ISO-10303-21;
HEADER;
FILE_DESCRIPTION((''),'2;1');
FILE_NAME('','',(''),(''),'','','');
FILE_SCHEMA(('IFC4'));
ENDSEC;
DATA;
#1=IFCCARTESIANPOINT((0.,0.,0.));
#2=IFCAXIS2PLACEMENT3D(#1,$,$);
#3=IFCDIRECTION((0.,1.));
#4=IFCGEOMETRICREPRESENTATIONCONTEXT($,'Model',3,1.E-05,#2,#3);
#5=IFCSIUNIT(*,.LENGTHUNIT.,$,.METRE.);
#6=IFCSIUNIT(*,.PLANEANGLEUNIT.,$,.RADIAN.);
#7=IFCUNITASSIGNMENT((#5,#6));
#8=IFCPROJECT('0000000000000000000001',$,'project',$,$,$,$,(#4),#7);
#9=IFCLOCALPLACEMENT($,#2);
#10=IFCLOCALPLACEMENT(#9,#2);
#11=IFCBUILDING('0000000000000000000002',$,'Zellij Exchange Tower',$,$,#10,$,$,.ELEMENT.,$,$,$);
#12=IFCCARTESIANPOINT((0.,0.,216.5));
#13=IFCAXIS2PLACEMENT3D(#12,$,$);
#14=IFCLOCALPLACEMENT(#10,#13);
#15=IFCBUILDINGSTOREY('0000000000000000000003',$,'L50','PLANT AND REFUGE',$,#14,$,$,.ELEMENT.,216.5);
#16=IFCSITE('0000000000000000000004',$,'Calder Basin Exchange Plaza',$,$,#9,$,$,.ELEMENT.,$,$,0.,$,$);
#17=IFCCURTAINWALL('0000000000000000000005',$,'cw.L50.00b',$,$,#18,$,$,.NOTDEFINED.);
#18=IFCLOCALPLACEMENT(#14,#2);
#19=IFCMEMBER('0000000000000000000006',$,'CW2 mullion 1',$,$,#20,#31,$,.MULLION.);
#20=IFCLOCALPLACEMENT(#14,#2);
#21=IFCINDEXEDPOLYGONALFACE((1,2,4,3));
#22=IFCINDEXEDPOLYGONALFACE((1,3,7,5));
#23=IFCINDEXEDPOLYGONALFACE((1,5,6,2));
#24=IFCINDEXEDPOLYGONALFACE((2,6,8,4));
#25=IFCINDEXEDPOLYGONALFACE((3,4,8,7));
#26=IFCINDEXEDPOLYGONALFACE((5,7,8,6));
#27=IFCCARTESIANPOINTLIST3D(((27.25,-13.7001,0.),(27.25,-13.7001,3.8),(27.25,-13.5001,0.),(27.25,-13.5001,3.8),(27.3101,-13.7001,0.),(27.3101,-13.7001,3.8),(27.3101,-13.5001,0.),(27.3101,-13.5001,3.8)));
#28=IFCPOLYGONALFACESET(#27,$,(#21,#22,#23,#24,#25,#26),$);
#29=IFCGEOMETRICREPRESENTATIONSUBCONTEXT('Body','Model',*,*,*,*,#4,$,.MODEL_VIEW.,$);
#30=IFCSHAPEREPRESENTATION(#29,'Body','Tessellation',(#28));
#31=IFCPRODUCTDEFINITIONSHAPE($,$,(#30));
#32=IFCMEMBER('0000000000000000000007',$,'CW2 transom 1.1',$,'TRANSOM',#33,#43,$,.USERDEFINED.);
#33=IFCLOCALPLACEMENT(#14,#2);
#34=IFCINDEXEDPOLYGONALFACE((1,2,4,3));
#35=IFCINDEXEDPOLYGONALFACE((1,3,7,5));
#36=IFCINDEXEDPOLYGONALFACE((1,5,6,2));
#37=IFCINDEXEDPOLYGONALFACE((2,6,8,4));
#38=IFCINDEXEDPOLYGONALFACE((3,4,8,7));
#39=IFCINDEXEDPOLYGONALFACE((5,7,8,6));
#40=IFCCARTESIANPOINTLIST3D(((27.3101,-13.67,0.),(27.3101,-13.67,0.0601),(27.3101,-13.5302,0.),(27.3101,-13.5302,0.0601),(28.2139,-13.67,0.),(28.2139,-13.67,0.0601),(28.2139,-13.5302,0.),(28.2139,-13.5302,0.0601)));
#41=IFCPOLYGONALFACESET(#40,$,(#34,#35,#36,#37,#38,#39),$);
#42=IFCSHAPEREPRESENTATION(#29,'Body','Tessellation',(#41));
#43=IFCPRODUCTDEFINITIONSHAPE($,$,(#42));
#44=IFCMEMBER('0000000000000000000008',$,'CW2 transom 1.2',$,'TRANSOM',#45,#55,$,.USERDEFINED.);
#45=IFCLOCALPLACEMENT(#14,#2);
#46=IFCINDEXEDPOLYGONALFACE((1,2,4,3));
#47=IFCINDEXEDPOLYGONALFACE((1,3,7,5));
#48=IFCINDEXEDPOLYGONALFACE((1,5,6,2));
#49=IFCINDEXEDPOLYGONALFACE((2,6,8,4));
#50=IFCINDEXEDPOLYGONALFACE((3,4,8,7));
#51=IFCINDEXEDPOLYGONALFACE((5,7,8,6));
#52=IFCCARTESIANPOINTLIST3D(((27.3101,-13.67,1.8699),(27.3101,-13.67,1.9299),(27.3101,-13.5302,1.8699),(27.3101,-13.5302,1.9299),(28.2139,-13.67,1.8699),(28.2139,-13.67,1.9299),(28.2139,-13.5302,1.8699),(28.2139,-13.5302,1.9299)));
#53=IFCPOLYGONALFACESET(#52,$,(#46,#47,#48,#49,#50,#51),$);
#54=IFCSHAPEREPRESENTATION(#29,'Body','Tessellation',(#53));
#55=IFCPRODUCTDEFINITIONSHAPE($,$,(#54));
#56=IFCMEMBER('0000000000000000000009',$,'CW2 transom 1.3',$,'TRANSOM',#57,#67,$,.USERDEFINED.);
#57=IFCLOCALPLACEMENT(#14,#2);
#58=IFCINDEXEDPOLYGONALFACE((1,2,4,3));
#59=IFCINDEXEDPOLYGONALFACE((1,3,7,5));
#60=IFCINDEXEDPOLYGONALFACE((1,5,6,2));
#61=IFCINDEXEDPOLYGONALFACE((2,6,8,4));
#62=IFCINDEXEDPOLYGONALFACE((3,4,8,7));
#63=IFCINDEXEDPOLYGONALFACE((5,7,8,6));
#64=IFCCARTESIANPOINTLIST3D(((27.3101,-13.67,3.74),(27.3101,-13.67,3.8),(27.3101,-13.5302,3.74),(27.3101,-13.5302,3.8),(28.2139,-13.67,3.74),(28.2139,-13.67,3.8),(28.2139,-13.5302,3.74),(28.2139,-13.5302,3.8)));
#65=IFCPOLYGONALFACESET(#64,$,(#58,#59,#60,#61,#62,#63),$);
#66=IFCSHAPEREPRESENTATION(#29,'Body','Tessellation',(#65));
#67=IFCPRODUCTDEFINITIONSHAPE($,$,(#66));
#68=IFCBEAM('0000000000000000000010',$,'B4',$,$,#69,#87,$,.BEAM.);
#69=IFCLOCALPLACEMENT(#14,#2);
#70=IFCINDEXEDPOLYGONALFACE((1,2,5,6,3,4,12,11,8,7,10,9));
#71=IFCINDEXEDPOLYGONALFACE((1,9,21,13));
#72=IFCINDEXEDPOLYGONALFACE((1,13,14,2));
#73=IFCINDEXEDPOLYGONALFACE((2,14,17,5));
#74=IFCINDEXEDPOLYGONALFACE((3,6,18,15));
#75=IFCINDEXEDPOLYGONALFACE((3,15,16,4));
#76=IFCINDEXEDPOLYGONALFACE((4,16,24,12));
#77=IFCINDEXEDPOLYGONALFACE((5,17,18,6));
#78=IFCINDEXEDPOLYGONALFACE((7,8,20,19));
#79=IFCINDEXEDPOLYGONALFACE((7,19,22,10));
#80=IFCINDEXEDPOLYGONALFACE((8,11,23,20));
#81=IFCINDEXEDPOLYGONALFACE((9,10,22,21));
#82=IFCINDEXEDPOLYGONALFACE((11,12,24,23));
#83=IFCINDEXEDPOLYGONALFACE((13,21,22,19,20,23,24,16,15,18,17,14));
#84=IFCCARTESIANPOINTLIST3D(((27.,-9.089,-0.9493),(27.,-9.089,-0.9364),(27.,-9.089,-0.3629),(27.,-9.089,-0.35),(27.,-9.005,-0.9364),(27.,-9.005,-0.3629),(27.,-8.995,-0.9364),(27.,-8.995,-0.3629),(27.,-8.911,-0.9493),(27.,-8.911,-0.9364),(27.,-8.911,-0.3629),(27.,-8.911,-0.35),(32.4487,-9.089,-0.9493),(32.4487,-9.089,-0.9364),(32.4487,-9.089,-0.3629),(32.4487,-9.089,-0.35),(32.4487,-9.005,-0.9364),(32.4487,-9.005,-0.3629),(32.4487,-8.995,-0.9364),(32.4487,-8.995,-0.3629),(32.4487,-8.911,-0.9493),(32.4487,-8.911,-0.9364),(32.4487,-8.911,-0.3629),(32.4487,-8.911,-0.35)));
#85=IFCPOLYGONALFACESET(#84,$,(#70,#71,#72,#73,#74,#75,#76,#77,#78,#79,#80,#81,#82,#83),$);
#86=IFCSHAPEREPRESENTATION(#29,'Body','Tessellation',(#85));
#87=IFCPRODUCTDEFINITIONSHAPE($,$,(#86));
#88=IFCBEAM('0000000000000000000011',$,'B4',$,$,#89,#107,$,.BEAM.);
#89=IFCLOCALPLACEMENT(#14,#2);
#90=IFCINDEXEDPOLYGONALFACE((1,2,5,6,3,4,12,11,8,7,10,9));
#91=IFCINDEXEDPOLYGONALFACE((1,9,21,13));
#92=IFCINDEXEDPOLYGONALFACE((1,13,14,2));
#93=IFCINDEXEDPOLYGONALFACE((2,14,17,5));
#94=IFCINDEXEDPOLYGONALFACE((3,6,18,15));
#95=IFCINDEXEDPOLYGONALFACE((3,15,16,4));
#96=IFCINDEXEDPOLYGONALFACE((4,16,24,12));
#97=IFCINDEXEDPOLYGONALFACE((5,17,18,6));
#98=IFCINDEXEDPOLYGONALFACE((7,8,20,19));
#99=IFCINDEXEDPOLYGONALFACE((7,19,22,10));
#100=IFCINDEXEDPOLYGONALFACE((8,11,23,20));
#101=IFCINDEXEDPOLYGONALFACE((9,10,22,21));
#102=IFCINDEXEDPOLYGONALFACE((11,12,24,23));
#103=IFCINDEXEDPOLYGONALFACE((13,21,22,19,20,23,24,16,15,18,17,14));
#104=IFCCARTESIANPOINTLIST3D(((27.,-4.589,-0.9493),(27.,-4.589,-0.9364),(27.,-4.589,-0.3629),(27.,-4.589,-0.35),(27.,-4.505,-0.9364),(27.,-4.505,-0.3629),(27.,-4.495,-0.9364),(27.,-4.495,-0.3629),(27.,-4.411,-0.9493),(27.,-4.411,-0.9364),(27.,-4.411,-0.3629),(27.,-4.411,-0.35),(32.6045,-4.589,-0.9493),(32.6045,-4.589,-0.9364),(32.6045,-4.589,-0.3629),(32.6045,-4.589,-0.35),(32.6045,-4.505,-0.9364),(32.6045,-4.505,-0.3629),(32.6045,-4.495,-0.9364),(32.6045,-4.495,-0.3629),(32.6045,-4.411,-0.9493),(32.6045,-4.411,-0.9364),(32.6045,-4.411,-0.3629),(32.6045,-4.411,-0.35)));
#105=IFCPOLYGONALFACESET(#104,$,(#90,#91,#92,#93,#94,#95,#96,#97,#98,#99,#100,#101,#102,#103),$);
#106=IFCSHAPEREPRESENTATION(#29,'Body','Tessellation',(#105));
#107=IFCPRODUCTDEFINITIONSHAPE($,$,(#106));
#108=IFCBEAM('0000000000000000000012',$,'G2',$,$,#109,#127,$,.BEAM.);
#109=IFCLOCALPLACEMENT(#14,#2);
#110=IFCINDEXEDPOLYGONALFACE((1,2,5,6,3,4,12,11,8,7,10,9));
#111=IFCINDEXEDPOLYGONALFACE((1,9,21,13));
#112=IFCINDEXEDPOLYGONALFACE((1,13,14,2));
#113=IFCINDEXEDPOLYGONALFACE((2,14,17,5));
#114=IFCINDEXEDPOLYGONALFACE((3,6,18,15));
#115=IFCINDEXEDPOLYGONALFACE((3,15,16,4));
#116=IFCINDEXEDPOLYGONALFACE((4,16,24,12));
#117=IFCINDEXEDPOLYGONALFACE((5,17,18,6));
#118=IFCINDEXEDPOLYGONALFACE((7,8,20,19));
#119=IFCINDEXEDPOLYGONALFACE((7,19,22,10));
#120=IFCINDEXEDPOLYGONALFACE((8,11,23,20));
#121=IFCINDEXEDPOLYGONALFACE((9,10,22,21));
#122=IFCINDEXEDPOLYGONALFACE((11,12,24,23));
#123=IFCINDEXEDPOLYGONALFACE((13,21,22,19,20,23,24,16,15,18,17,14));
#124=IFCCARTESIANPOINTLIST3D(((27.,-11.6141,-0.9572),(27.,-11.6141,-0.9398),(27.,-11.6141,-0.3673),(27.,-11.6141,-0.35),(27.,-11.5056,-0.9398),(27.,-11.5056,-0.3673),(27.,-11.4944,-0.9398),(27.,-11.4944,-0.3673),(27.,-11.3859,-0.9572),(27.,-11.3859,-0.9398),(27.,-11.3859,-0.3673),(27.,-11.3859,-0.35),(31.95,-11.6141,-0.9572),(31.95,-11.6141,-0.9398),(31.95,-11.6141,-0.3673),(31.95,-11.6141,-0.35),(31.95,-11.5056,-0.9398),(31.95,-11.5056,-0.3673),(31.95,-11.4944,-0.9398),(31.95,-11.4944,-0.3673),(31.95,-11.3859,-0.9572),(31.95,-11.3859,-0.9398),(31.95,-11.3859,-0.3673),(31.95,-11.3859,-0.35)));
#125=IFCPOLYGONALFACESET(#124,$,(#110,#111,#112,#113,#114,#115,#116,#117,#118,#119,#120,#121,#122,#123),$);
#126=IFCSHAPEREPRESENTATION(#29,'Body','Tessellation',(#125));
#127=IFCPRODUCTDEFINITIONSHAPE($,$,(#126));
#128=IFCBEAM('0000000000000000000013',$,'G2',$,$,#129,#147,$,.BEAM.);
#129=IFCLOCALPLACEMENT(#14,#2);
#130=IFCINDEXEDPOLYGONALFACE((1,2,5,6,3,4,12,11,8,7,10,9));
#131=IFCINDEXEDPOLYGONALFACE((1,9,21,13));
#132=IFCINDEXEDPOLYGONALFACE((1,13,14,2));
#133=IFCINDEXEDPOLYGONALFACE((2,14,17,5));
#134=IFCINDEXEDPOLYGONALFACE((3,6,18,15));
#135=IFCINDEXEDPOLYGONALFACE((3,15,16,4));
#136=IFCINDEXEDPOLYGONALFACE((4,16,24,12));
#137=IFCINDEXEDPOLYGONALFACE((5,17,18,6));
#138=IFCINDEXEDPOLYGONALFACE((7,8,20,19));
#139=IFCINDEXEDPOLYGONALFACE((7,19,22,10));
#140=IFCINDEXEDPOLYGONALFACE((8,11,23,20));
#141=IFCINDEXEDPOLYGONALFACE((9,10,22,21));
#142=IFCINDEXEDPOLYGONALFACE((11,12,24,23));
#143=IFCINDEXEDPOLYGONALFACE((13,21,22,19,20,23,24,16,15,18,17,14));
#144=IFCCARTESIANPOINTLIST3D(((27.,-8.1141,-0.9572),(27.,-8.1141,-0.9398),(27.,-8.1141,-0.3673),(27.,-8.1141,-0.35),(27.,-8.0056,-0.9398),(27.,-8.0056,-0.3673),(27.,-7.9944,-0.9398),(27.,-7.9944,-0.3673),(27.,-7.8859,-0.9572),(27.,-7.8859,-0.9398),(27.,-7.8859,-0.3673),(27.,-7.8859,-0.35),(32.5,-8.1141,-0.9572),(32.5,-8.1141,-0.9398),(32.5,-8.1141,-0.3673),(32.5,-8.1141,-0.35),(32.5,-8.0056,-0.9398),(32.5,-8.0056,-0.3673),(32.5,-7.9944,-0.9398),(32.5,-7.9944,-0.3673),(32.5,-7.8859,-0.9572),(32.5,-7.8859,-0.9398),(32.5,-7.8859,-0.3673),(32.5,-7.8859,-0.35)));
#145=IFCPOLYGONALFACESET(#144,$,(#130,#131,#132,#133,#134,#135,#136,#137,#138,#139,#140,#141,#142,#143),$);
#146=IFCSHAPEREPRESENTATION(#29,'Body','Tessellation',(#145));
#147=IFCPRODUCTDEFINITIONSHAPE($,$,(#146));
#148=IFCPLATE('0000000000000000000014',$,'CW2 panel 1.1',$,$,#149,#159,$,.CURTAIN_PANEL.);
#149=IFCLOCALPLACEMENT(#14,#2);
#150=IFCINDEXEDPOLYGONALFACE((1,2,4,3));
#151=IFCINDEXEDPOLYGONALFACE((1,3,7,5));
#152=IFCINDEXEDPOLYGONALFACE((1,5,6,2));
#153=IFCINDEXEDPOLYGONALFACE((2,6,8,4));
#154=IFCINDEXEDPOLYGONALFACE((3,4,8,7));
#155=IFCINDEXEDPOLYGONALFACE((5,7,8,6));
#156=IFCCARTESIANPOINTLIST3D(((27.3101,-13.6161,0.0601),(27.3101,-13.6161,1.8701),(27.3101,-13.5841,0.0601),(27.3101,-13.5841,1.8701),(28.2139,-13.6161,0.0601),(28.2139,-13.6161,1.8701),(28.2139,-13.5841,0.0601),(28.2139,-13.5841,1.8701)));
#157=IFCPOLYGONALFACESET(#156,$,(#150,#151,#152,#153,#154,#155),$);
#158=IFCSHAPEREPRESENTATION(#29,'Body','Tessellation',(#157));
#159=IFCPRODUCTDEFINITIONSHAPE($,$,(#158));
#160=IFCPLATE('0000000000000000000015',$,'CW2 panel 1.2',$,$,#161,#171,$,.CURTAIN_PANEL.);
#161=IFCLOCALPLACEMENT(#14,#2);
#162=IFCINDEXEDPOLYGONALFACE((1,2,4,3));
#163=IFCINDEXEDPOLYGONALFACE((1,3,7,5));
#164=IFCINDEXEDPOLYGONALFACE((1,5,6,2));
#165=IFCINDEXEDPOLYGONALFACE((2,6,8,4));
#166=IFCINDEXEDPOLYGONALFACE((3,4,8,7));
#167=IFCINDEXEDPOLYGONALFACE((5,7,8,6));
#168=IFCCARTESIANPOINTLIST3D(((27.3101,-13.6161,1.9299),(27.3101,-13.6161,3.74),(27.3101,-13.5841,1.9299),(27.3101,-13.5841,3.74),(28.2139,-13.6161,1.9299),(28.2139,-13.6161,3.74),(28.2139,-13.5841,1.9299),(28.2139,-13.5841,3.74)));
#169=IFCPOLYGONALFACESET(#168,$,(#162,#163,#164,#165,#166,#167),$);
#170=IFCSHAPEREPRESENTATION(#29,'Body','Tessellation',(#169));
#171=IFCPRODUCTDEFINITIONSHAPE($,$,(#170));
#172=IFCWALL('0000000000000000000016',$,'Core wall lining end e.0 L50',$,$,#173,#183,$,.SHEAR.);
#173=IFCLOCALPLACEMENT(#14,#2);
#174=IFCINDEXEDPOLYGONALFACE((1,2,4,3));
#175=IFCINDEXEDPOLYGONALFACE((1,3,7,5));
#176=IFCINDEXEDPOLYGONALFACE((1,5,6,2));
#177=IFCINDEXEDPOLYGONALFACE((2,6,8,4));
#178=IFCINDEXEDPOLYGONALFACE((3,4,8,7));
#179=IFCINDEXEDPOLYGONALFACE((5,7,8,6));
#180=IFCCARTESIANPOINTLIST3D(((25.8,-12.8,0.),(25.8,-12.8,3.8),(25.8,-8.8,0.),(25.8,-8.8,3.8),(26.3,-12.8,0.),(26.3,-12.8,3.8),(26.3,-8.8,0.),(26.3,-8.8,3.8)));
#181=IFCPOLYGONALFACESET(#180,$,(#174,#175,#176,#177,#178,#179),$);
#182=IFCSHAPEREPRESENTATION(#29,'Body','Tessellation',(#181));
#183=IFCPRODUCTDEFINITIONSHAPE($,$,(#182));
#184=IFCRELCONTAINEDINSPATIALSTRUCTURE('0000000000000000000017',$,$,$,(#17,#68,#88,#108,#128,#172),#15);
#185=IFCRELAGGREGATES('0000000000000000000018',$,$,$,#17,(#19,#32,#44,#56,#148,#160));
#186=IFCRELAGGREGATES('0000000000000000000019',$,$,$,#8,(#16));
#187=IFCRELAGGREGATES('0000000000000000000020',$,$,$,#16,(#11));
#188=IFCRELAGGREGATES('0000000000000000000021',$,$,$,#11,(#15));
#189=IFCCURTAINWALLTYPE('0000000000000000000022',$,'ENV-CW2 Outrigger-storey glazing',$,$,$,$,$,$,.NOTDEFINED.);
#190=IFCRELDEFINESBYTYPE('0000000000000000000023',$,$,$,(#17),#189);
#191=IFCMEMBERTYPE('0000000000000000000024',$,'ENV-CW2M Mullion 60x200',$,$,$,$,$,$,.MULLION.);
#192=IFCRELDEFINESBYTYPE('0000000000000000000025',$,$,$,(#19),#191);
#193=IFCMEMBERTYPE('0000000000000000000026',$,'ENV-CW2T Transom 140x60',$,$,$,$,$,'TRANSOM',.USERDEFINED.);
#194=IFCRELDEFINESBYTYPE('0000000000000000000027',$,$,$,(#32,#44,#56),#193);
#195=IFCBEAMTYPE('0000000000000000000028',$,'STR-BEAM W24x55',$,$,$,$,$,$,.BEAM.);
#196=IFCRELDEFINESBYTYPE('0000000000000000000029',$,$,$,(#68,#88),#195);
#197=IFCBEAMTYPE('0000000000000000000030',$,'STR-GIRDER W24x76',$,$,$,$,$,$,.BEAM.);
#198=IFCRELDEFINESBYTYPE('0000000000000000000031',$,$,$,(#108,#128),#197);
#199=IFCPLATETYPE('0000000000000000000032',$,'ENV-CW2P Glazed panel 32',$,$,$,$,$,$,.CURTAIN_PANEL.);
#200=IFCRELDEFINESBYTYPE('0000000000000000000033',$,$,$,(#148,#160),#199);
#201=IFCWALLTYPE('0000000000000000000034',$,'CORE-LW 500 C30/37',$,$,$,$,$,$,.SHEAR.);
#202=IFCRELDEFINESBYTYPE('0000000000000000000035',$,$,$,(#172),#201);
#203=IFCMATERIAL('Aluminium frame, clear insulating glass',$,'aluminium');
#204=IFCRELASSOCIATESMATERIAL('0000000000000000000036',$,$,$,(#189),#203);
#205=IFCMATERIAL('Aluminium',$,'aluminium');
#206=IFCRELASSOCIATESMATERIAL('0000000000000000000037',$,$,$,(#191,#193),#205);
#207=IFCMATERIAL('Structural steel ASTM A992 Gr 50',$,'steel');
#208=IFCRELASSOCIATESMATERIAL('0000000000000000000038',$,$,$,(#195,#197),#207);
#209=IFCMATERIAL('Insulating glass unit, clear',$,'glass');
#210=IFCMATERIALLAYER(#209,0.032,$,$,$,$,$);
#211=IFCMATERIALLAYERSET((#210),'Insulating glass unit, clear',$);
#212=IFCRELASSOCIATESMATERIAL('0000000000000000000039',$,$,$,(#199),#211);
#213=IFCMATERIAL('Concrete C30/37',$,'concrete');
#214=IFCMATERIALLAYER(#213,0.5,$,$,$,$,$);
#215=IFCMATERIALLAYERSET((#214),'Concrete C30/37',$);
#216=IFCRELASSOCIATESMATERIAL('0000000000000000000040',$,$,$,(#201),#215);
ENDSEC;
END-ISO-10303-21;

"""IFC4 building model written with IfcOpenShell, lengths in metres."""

from ifc_helpers import new_model, si_unit, direction, frame, frame_2d, origin, origin_2d, place, context, subcontext, project, spatial, rectangle, i_section, extrude, material, layer, layer_set, material_profile, profile_set, type_object, element, aggregate, save


model = new_model("IFC4")

# Units and contexts
model_context = context("Model", 3, precision=1e-05, world=origin(), true_north=direction((0.0, 1.0)))
body_context = subcontext(model_context, "Body", "Model", "MODEL_VIEW")
ifc_project = project(units=[si_unit("LENGTHUNIT", "METRE"), si_unit("PLANEANGLEUNIT", "RADIAN")], contexts=[model_context])

# Site, building, storey
site_placement = place(None, origin())
site = spatial("IfcSite", under=ifc_project, at=site_placement, Name="Calder Basin Exchange Plaza", CompositionType="ELEMENT", RefElevation=0.0)
building_placement = place(site_placement, origin())
building = spatial("IfcBuilding", under=site, at=building_placement, Name="Zellij Exchange Tower", CompositionType="ELEMENT")
storey_placement = place(building_placement, frame((0.0, 0.0, 216.5)))
storey = spatial("IfcBuildingStorey", under=building, at=storey_placement, Name="L50", Description="PLANT AND REFUGE", CompositionType="ELEMENT", Elevation=216.5)

# Curtain wall, members
ifc_material_1 = material(Name="Aluminium frame, clear insulating glass", Category="aluminium")
curtain_wall_type = type_object("IfcCurtainWallType", Name="ENV-CW2 Outrigger-storey glazing", PredefinedType="NOTDEFINED", material=ifc_material_1)
curtain_wall_placement = place(storey_placement, origin())
curtain_wall = element("IfcCurtainWall", 1, at=curtain_wall_placement, inside=storey, type_object=curtain_wall_type, Name="cw.L50.00b", PredefinedType="NOTDEFINED")
ifc_material_2 = material(Name="Aluminium", Category="aluminium")
ifc_material_profile_1 = material_profile(ifc_material_2, rectangle(XDim=0.0601, YDim=0.2, at=origin_2d()), Name="AL 60x200")
ifc_profile_set_1 = profile_set([ifc_material_profile_1], Name="Aluminium")
member_type_1 = type_object("IfcMemberType", Name="ENV-CW2M Mullion 60x200", PredefinedType="MULLION", material=ifc_profile_set_1)
member_1_placement = place(storey_placement, frame((27.28, -13.6001, 0.0), z_axis=(0.0, 0.0, 1.0), x_axis=(1.0, 0.0, 0.0)))
member_1 = element("IfcMember", 2, at=member_1_placement, type_object=member_type_1, Name="CW2 mullion 1", PredefinedType="MULLION", context=body_context, shape_type="SweptSolid", body=[
    extrude(rectangle(XDim=0.0601, YDim=0.2, at=origin_2d()), origin(), (0.0, 0.0, 1.0), 3.8),
])
ifc_material_profile_2 = material_profile(ifc_material_2, rectangle(XDim=0.1399, YDim=0.0601, at=origin_2d()), Name="AL 140x60")
ifc_profile_set_2 = profile_set([ifc_material_profile_2], Name="Aluminium")
member_type_2 = type_object("IfcMemberType", Name="ENV-CW2T Transom 140x60", ElementType="TRANSOM", PredefinedType="USERDEFINED", material=ifc_profile_set_2)
member_2_placement = place(storey_placement, frame((27.3101, -13.6001, 0.03), z_axis=(1.0, 0.0, 0.0), x_axis=(0.0, 1.0, 0.0)))
member_2 = element("IfcMember", 3, at=member_2_placement, type_object=member_type_2, Name="CW2 transom 1.1", ObjectType="TRANSOM", PredefinedType="USERDEFINED", context=body_context, shape_type="SweptSolid", body=[
    extrude(rectangle(XDim=0.1399, YDim=0.0601, at=origin_2d()), origin(), (0.0, 0.0, 1.0), 0.9038),
])
member_3_placement = place(storey_placement, frame((27.3101, -13.6001, 1.8999), z_axis=(1.0, 0.0, 0.0), x_axis=(0.0, 1.0, 0.0)))
member_3 = element("IfcMember", 4, at=member_3_placement, type_object=member_type_2, Name="CW2 transom 1.2", ObjectType="TRANSOM", PredefinedType="USERDEFINED", context=body_context, shape_type="SweptSolid", body=[
    extrude(rectangle(XDim=0.1399, YDim=0.0601, at=origin_2d()), origin(), (0.0, 0.0, 1.0), 0.9038),
])
member_4_placement = place(storey_placement, frame((27.3101, -13.6001, 3.77), z_axis=(1.0, 0.0, 0.0), x_axis=(0.0, 1.0, 0.0)))
member_4 = element("IfcMember", 5, at=member_4_placement, type_object=member_type_2, Name="CW2 transom 1.3", ObjectType="TRANSOM", PredefinedType="USERDEFINED", context=body_context, shape_type="SweptSolid", body=[
    extrude(rectangle(XDim=0.1399, YDim=0.0601, at=origin_2d()), origin(), (0.0, 0.0, 1.0), 0.9038),
])

# Beams
ifc_material_3 = material(Name="Structural steel ASTM A992 Gr 50", Category="steel")
ifc_material_profile_3 = material_profile(ifc_material_3, i_section(OverallWidth=0.178, OverallDepth=0.5994, WebThickness=0.01, FlangeThickness=0.0129, at=origin_2d()), Name="W24x55")
ifc_profile_set_3 = profile_set([ifc_material_profile_3], Name="Structural steel ASTM A992 Gr 50")
beam_type_1 = type_object("IfcBeamType", Name="STR-BEAM W24x55", PredefinedType="BEAM", material=ifc_profile_set_3)
beam_1_placement = place(storey_placement, frame((27.0, -9.0, -0.6497), z_axis=(1.0, 0.0, 0.0), x_axis=(0.0, 1.0, 0.0)))
element("IfcBeam", 6, at=beam_1_placement, inside=storey, type_object=beam_type_1, Name="B4", PredefinedType="BEAM", context=body_context, shape_type="SweptSolid", body=[
    extrude(i_section(OverallWidth=0.178, OverallDepth=0.5994, WebThickness=0.01, FlangeThickness=0.0129, at=origin_2d()), origin(), (0.0, 0.0, 1.0), 5.4487),
])
beam_2_placement = place(storey_placement, frame((27.0, -4.5, -0.6497), z_axis=(1.0, 0.0, 0.0), x_axis=(0.0, 1.0, 0.0)))
element("IfcBeam", 7, at=beam_2_placement, inside=storey, type_object=beam_type_1, Name="B4", PredefinedType="BEAM", context=body_context, shape_type="SweptSolid", body=[
    extrude(i_section(OverallWidth=0.178, OverallDepth=0.5994, WebThickness=0.01, FlangeThickness=0.0129, at=origin_2d()), origin(), (0.0, 0.0, 1.0), 5.6045),
])
ifc_material_profile_4 = material_profile(ifc_material_3, i_section(OverallWidth=0.2283, OverallDepth=0.6072, WebThickness=0.0112, FlangeThickness=0.0173, at=origin_2d()), Name="W24x76")
ifc_profile_set_4 = profile_set([ifc_material_profile_4], Name="Structural steel ASTM A992 Gr 50")
beam_type_2 = type_object("IfcBeamType", Name="STR-GIRDER W24x76", PredefinedType="BEAM", material=ifc_profile_set_4)
beam_3_placement = place(storey_placement, frame((27.0, -11.5, -0.6536), z_axis=(1.0, 0.0, 0.0), x_axis=(0.0, 1.0, 0.0)))
element("IfcBeam", 8, at=beam_3_placement, inside=storey, type_object=beam_type_2, Name="G2", PredefinedType="BEAM", context=body_context, shape_type="SweptSolid", body=[
    extrude(i_section(OverallWidth=0.2283, OverallDepth=0.6072, WebThickness=0.0112, FlangeThickness=0.0173, at=origin_2d()), origin(), (0.0, 0.0, 1.0), 4.95),
])
beam_4_placement = place(storey_placement, frame((27.0, -8.0, -0.6536), z_axis=(1.0, 0.0, 0.0), x_axis=(0.0, 1.0, 0.0)))
element("IfcBeam", 9, at=beam_4_placement, inside=storey, type_object=beam_type_2, Name="G2", PredefinedType="BEAM", context=body_context, shape_type="SweptSolid", body=[
    extrude(i_section(OverallWidth=0.2283, OverallDepth=0.6072, WebThickness=0.0112, FlangeThickness=0.0173, at=origin_2d()), origin(), (0.0, 0.0, 1.0), 5.5),
])

# Plates
ifc_material_4 = material(Name="Insulating glass unit, clear", Category="glass")
ifc_layer_1 = layer(ifc_material_4, 0.032)
ifc_layer_set_1 = layer_set([ifc_layer_1], Name="Insulating glass unit, clear")
plate_type = type_object("IfcPlateType", Name="ENV-CW2P Glazed panel 32", PredefinedType="CURTAIN_PANEL", material=ifc_layer_set_1)
plate_1_placement = place(storey_placement, frame((27.762, -13.6001, 0.0601), z_axis=(0.0, 0.0, 1.0), x_axis=(1.0, 0.0, 0.0)))
plate_1 = element("IfcPlate", 10, at=plate_1_placement, type_object=plate_type, Name="CW2 panel 1.1", PredefinedType="CURTAIN_PANEL", context=body_context, shape_type="SweptSolid", body=[
    extrude(rectangle(XDim=0.9038, YDim=0.032, at=origin_2d()), origin(), (0.0, 0.0, 1.0), 1.8101),
])
plate_2_placement = place(storey_placement, frame((27.762, -13.6001, 1.9299), z_axis=(0.0, 0.0, 1.0), x_axis=(1.0, 0.0, 0.0)))
plate_2 = element("IfcPlate", 11, at=plate_2_placement, type_object=plate_type, Name="CW2 panel 1.2", PredefinedType="CURTAIN_PANEL", context=body_context, shape_type="SweptSolid", body=[
    extrude(rectangle(XDim=0.9038, YDim=0.032, at=origin_2d()), origin(), (0.0, 0.0, 1.0), 1.8101),
])
aggregate(curtain_wall, [member_1, member_2, member_3, member_4, plate_1, plate_2])

# Wall
ifc_material_5 = material(Name="Concrete C30/37", Category="concrete")
ifc_layer_2 = layer(ifc_material_5, 0.5)
ifc_layer_set_2 = layer_set([ifc_layer_2], Name="Concrete C30/37")
wall_type_1 = type_object("IfcWallType", Name="CORE-LW 500 C30/37", PredefinedType="SHEAR", material=ifc_layer_set_2)
wall_1_placement = place(storey_placement, frame((26.05, -12.8, 0.0), z_axis=(0.0, 0.0, 1.0), x_axis=(0.0, 1.0, 0.0)))
element("IfcWall", 12, at=wall_1_placement, inside=storey, type_object=wall_type_1, Name="Core wall lining end e.0 L50", PredefinedType="SHEAR", context=body_context, shape_type="SweptSolid", body=[
    extrude(rectangle(XDim=4.0, YDim=0.5, at=frame_2d((2.0, 0.0))), origin(), (0.0, 0.0, 1.0), 3.8),
])

save(model, "model.ifc")
